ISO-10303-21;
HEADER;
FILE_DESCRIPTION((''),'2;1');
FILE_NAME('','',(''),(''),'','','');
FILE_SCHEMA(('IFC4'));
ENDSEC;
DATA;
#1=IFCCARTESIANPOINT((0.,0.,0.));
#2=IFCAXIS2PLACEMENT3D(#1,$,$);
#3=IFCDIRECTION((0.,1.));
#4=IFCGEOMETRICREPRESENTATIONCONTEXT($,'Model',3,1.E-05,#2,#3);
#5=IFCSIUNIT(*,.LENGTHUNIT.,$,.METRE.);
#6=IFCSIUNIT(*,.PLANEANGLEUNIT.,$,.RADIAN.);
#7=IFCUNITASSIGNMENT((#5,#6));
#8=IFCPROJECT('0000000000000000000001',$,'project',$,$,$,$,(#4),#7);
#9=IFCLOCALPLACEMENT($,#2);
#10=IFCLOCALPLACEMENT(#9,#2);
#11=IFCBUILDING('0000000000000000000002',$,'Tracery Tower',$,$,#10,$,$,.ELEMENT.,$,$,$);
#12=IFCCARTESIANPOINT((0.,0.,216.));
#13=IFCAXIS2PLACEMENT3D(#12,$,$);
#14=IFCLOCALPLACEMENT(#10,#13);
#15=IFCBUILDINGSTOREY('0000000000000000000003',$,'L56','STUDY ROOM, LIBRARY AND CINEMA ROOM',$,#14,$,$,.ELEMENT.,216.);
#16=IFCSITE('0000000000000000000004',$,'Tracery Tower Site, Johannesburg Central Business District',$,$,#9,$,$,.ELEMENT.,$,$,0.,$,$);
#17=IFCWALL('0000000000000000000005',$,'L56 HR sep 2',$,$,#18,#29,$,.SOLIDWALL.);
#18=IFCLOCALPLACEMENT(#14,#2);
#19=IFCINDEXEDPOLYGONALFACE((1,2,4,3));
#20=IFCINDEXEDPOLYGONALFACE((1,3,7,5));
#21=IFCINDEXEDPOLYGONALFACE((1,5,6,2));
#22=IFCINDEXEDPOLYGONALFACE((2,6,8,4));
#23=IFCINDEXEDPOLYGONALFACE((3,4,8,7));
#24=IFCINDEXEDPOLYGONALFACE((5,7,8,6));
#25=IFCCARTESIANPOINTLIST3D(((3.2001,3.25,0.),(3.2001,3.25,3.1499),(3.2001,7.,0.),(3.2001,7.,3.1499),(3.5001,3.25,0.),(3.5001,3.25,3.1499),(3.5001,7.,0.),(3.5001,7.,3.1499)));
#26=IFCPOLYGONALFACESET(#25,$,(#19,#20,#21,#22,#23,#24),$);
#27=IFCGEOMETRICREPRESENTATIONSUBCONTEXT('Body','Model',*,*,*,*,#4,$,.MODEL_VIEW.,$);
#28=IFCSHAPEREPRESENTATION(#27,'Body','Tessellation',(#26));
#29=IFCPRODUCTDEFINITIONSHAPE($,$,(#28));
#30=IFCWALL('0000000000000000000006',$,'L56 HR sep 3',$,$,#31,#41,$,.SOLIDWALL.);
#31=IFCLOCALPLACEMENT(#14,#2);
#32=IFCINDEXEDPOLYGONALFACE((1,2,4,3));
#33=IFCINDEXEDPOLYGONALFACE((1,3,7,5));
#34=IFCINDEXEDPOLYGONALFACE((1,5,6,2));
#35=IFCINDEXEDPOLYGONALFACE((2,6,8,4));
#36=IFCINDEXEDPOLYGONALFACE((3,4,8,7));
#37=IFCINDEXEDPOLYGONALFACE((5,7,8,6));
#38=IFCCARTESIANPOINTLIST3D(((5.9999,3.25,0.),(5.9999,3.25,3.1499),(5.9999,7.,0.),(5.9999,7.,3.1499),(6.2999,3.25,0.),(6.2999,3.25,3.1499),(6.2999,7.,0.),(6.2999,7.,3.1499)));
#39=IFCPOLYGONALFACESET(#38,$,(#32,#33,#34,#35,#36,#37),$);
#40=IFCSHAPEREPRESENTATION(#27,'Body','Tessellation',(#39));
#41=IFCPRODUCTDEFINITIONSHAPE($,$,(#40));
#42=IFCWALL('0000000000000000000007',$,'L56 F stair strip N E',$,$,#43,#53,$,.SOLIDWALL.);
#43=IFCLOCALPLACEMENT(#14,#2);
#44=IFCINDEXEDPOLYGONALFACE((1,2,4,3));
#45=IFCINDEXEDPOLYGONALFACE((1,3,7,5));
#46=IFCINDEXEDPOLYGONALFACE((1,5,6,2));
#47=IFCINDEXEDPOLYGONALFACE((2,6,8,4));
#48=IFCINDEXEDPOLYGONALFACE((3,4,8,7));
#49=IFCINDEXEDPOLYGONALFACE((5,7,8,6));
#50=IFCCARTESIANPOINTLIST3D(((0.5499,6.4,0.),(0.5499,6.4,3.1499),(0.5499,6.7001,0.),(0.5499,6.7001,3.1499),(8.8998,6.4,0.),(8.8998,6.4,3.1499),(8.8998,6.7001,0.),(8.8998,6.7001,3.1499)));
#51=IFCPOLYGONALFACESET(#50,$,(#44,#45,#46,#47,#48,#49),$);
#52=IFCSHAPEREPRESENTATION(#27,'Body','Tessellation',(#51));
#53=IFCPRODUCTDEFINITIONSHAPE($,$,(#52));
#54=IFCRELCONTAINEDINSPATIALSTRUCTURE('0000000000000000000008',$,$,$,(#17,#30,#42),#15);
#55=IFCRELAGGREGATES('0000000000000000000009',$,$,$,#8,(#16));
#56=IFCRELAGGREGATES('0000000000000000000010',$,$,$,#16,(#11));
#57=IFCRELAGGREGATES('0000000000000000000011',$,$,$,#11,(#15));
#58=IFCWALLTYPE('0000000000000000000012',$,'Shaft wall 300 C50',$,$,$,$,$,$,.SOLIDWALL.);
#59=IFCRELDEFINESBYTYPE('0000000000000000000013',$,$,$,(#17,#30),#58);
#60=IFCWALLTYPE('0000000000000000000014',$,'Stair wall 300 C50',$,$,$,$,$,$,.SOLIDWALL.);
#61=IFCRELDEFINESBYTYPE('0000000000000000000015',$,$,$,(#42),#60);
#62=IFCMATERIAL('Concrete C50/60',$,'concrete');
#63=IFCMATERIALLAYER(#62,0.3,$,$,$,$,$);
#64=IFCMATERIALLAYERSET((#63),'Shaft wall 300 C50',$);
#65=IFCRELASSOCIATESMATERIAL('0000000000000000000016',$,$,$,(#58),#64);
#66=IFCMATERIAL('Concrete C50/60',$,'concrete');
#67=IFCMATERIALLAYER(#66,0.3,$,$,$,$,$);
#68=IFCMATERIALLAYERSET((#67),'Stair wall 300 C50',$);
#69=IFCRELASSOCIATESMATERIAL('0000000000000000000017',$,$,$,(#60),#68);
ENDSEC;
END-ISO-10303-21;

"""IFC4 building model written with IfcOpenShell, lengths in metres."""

from ifc_helpers import new_model, si_unit, direction, frame, frame_2d, origin, place, context, subcontext, project, spatial, rectangle, extrude, material, layer, layer_set, type_object, element, save


model = new_model("IFC4")

# Units and contexts
model_context = context("Model", 3, precision=1e-05, world=origin(), true_north=direction((0.0, 1.0)))
body_context = subcontext(model_context, "Body", "Model", "MODEL_VIEW")
ifc_project = project(units=[si_unit("LENGTHUNIT", "METRE"), si_unit("PLANEANGLEUNIT", "RADIAN")], contexts=[model_context])

# Site, building, storey
site_placement = place(None, origin())
site = spatial("IfcSite", under=ifc_project, at=site_placement, Name="Tracery Tower Site, Johannesburg Central Business District", CompositionType="ELEMENT", RefElevation=0.0)
building_placement = place(site_placement, origin())
building = spatial("IfcBuilding", under=site, at=building_placement, Name="Tracery Tower", CompositionType="ELEMENT")
storey_placement = place(building_placement, frame((0.0, 0.0, 216.0)))
storey = spatial("IfcBuildingStorey", under=building, at=storey_placement, Name="L56", Description="STUDY ROOM, LIBRARY AND CINEMA ROOM", CompositionType="ELEMENT", Elevation=216.0)

# Walls
ifc_material_1 = material(Name="Concrete C50/60", Category="concrete")
ifc_layer_1 = layer(ifc_material_1, 0.3)
ifc_layer_set_1 = layer_set([ifc_layer_1], Name="Shaft wall 300 C50")
wall_type_1 = type_object("IfcWallType", Name="Shaft wall 300 C50", PredefinedType="SOLIDWALL", material=ifc_layer_set_1)
for number, where, z_axis, x_axis, name in (
    (1, (3.3501, 3.25, 0.0), (0.0, 0.0, 1.0), (0.0, 1.0, 0.0), "L56 HR sep 2"),
    (2, (6.1499, 3.25, 0.0), (0.0, 0.0, 1.0), (0.0, 1.0, 0.0), "L56 HR sep 3"),
):
    element("IfcWall", number, at=place(storey_placement, frame(where, z_axis=z_axis, x_axis=x_axis)), inside=storey, type_object=wall_type_1, Name=name, PredefinedType="SOLIDWALL", context=body_context, shape_type="SweptSolid", body=[
        extrude(rectangle(XDim=3.75, YDim=0.3, at=frame_2d((1.875, 0.0))), origin(), (0.0, 0.0, 1.0), 3.1499),
    ])

# Wall
ifc_material_2 = material(Name="Concrete C50/60", Category="concrete")
ifc_layer_2 = layer(ifc_material_2, 0.3)
ifc_layer_set_2 = layer_set([ifc_layer_2], Name="Stair wall 300 C50")
wall_type_2 = type_object("IfcWallType", Name="Stair wall 300 C50", PredefinedType="SOLIDWALL", material=ifc_layer_set_2)
wall_1_placement = place(storey_placement, frame((0.55, 6.55, 0.0), z_axis=(0.0, 0.0, 1.0), x_axis=(1.0, 0.0, 0.0)))
element("IfcWall", 3, at=wall_1_placement, inside=storey, type_object=wall_type_2, Name="L56 F stair strip N E", PredefinedType="SOLIDWALL", context=body_context, shape_type="SweptSolid", body=[
    extrude(rectangle(XDim=8.3499, YDim=0.3, at=frame_2d((4.1748, 0.0))), origin(), (0.0, 0.0, 1.0), 3.1499),
])

save(model, "model.ifc")
